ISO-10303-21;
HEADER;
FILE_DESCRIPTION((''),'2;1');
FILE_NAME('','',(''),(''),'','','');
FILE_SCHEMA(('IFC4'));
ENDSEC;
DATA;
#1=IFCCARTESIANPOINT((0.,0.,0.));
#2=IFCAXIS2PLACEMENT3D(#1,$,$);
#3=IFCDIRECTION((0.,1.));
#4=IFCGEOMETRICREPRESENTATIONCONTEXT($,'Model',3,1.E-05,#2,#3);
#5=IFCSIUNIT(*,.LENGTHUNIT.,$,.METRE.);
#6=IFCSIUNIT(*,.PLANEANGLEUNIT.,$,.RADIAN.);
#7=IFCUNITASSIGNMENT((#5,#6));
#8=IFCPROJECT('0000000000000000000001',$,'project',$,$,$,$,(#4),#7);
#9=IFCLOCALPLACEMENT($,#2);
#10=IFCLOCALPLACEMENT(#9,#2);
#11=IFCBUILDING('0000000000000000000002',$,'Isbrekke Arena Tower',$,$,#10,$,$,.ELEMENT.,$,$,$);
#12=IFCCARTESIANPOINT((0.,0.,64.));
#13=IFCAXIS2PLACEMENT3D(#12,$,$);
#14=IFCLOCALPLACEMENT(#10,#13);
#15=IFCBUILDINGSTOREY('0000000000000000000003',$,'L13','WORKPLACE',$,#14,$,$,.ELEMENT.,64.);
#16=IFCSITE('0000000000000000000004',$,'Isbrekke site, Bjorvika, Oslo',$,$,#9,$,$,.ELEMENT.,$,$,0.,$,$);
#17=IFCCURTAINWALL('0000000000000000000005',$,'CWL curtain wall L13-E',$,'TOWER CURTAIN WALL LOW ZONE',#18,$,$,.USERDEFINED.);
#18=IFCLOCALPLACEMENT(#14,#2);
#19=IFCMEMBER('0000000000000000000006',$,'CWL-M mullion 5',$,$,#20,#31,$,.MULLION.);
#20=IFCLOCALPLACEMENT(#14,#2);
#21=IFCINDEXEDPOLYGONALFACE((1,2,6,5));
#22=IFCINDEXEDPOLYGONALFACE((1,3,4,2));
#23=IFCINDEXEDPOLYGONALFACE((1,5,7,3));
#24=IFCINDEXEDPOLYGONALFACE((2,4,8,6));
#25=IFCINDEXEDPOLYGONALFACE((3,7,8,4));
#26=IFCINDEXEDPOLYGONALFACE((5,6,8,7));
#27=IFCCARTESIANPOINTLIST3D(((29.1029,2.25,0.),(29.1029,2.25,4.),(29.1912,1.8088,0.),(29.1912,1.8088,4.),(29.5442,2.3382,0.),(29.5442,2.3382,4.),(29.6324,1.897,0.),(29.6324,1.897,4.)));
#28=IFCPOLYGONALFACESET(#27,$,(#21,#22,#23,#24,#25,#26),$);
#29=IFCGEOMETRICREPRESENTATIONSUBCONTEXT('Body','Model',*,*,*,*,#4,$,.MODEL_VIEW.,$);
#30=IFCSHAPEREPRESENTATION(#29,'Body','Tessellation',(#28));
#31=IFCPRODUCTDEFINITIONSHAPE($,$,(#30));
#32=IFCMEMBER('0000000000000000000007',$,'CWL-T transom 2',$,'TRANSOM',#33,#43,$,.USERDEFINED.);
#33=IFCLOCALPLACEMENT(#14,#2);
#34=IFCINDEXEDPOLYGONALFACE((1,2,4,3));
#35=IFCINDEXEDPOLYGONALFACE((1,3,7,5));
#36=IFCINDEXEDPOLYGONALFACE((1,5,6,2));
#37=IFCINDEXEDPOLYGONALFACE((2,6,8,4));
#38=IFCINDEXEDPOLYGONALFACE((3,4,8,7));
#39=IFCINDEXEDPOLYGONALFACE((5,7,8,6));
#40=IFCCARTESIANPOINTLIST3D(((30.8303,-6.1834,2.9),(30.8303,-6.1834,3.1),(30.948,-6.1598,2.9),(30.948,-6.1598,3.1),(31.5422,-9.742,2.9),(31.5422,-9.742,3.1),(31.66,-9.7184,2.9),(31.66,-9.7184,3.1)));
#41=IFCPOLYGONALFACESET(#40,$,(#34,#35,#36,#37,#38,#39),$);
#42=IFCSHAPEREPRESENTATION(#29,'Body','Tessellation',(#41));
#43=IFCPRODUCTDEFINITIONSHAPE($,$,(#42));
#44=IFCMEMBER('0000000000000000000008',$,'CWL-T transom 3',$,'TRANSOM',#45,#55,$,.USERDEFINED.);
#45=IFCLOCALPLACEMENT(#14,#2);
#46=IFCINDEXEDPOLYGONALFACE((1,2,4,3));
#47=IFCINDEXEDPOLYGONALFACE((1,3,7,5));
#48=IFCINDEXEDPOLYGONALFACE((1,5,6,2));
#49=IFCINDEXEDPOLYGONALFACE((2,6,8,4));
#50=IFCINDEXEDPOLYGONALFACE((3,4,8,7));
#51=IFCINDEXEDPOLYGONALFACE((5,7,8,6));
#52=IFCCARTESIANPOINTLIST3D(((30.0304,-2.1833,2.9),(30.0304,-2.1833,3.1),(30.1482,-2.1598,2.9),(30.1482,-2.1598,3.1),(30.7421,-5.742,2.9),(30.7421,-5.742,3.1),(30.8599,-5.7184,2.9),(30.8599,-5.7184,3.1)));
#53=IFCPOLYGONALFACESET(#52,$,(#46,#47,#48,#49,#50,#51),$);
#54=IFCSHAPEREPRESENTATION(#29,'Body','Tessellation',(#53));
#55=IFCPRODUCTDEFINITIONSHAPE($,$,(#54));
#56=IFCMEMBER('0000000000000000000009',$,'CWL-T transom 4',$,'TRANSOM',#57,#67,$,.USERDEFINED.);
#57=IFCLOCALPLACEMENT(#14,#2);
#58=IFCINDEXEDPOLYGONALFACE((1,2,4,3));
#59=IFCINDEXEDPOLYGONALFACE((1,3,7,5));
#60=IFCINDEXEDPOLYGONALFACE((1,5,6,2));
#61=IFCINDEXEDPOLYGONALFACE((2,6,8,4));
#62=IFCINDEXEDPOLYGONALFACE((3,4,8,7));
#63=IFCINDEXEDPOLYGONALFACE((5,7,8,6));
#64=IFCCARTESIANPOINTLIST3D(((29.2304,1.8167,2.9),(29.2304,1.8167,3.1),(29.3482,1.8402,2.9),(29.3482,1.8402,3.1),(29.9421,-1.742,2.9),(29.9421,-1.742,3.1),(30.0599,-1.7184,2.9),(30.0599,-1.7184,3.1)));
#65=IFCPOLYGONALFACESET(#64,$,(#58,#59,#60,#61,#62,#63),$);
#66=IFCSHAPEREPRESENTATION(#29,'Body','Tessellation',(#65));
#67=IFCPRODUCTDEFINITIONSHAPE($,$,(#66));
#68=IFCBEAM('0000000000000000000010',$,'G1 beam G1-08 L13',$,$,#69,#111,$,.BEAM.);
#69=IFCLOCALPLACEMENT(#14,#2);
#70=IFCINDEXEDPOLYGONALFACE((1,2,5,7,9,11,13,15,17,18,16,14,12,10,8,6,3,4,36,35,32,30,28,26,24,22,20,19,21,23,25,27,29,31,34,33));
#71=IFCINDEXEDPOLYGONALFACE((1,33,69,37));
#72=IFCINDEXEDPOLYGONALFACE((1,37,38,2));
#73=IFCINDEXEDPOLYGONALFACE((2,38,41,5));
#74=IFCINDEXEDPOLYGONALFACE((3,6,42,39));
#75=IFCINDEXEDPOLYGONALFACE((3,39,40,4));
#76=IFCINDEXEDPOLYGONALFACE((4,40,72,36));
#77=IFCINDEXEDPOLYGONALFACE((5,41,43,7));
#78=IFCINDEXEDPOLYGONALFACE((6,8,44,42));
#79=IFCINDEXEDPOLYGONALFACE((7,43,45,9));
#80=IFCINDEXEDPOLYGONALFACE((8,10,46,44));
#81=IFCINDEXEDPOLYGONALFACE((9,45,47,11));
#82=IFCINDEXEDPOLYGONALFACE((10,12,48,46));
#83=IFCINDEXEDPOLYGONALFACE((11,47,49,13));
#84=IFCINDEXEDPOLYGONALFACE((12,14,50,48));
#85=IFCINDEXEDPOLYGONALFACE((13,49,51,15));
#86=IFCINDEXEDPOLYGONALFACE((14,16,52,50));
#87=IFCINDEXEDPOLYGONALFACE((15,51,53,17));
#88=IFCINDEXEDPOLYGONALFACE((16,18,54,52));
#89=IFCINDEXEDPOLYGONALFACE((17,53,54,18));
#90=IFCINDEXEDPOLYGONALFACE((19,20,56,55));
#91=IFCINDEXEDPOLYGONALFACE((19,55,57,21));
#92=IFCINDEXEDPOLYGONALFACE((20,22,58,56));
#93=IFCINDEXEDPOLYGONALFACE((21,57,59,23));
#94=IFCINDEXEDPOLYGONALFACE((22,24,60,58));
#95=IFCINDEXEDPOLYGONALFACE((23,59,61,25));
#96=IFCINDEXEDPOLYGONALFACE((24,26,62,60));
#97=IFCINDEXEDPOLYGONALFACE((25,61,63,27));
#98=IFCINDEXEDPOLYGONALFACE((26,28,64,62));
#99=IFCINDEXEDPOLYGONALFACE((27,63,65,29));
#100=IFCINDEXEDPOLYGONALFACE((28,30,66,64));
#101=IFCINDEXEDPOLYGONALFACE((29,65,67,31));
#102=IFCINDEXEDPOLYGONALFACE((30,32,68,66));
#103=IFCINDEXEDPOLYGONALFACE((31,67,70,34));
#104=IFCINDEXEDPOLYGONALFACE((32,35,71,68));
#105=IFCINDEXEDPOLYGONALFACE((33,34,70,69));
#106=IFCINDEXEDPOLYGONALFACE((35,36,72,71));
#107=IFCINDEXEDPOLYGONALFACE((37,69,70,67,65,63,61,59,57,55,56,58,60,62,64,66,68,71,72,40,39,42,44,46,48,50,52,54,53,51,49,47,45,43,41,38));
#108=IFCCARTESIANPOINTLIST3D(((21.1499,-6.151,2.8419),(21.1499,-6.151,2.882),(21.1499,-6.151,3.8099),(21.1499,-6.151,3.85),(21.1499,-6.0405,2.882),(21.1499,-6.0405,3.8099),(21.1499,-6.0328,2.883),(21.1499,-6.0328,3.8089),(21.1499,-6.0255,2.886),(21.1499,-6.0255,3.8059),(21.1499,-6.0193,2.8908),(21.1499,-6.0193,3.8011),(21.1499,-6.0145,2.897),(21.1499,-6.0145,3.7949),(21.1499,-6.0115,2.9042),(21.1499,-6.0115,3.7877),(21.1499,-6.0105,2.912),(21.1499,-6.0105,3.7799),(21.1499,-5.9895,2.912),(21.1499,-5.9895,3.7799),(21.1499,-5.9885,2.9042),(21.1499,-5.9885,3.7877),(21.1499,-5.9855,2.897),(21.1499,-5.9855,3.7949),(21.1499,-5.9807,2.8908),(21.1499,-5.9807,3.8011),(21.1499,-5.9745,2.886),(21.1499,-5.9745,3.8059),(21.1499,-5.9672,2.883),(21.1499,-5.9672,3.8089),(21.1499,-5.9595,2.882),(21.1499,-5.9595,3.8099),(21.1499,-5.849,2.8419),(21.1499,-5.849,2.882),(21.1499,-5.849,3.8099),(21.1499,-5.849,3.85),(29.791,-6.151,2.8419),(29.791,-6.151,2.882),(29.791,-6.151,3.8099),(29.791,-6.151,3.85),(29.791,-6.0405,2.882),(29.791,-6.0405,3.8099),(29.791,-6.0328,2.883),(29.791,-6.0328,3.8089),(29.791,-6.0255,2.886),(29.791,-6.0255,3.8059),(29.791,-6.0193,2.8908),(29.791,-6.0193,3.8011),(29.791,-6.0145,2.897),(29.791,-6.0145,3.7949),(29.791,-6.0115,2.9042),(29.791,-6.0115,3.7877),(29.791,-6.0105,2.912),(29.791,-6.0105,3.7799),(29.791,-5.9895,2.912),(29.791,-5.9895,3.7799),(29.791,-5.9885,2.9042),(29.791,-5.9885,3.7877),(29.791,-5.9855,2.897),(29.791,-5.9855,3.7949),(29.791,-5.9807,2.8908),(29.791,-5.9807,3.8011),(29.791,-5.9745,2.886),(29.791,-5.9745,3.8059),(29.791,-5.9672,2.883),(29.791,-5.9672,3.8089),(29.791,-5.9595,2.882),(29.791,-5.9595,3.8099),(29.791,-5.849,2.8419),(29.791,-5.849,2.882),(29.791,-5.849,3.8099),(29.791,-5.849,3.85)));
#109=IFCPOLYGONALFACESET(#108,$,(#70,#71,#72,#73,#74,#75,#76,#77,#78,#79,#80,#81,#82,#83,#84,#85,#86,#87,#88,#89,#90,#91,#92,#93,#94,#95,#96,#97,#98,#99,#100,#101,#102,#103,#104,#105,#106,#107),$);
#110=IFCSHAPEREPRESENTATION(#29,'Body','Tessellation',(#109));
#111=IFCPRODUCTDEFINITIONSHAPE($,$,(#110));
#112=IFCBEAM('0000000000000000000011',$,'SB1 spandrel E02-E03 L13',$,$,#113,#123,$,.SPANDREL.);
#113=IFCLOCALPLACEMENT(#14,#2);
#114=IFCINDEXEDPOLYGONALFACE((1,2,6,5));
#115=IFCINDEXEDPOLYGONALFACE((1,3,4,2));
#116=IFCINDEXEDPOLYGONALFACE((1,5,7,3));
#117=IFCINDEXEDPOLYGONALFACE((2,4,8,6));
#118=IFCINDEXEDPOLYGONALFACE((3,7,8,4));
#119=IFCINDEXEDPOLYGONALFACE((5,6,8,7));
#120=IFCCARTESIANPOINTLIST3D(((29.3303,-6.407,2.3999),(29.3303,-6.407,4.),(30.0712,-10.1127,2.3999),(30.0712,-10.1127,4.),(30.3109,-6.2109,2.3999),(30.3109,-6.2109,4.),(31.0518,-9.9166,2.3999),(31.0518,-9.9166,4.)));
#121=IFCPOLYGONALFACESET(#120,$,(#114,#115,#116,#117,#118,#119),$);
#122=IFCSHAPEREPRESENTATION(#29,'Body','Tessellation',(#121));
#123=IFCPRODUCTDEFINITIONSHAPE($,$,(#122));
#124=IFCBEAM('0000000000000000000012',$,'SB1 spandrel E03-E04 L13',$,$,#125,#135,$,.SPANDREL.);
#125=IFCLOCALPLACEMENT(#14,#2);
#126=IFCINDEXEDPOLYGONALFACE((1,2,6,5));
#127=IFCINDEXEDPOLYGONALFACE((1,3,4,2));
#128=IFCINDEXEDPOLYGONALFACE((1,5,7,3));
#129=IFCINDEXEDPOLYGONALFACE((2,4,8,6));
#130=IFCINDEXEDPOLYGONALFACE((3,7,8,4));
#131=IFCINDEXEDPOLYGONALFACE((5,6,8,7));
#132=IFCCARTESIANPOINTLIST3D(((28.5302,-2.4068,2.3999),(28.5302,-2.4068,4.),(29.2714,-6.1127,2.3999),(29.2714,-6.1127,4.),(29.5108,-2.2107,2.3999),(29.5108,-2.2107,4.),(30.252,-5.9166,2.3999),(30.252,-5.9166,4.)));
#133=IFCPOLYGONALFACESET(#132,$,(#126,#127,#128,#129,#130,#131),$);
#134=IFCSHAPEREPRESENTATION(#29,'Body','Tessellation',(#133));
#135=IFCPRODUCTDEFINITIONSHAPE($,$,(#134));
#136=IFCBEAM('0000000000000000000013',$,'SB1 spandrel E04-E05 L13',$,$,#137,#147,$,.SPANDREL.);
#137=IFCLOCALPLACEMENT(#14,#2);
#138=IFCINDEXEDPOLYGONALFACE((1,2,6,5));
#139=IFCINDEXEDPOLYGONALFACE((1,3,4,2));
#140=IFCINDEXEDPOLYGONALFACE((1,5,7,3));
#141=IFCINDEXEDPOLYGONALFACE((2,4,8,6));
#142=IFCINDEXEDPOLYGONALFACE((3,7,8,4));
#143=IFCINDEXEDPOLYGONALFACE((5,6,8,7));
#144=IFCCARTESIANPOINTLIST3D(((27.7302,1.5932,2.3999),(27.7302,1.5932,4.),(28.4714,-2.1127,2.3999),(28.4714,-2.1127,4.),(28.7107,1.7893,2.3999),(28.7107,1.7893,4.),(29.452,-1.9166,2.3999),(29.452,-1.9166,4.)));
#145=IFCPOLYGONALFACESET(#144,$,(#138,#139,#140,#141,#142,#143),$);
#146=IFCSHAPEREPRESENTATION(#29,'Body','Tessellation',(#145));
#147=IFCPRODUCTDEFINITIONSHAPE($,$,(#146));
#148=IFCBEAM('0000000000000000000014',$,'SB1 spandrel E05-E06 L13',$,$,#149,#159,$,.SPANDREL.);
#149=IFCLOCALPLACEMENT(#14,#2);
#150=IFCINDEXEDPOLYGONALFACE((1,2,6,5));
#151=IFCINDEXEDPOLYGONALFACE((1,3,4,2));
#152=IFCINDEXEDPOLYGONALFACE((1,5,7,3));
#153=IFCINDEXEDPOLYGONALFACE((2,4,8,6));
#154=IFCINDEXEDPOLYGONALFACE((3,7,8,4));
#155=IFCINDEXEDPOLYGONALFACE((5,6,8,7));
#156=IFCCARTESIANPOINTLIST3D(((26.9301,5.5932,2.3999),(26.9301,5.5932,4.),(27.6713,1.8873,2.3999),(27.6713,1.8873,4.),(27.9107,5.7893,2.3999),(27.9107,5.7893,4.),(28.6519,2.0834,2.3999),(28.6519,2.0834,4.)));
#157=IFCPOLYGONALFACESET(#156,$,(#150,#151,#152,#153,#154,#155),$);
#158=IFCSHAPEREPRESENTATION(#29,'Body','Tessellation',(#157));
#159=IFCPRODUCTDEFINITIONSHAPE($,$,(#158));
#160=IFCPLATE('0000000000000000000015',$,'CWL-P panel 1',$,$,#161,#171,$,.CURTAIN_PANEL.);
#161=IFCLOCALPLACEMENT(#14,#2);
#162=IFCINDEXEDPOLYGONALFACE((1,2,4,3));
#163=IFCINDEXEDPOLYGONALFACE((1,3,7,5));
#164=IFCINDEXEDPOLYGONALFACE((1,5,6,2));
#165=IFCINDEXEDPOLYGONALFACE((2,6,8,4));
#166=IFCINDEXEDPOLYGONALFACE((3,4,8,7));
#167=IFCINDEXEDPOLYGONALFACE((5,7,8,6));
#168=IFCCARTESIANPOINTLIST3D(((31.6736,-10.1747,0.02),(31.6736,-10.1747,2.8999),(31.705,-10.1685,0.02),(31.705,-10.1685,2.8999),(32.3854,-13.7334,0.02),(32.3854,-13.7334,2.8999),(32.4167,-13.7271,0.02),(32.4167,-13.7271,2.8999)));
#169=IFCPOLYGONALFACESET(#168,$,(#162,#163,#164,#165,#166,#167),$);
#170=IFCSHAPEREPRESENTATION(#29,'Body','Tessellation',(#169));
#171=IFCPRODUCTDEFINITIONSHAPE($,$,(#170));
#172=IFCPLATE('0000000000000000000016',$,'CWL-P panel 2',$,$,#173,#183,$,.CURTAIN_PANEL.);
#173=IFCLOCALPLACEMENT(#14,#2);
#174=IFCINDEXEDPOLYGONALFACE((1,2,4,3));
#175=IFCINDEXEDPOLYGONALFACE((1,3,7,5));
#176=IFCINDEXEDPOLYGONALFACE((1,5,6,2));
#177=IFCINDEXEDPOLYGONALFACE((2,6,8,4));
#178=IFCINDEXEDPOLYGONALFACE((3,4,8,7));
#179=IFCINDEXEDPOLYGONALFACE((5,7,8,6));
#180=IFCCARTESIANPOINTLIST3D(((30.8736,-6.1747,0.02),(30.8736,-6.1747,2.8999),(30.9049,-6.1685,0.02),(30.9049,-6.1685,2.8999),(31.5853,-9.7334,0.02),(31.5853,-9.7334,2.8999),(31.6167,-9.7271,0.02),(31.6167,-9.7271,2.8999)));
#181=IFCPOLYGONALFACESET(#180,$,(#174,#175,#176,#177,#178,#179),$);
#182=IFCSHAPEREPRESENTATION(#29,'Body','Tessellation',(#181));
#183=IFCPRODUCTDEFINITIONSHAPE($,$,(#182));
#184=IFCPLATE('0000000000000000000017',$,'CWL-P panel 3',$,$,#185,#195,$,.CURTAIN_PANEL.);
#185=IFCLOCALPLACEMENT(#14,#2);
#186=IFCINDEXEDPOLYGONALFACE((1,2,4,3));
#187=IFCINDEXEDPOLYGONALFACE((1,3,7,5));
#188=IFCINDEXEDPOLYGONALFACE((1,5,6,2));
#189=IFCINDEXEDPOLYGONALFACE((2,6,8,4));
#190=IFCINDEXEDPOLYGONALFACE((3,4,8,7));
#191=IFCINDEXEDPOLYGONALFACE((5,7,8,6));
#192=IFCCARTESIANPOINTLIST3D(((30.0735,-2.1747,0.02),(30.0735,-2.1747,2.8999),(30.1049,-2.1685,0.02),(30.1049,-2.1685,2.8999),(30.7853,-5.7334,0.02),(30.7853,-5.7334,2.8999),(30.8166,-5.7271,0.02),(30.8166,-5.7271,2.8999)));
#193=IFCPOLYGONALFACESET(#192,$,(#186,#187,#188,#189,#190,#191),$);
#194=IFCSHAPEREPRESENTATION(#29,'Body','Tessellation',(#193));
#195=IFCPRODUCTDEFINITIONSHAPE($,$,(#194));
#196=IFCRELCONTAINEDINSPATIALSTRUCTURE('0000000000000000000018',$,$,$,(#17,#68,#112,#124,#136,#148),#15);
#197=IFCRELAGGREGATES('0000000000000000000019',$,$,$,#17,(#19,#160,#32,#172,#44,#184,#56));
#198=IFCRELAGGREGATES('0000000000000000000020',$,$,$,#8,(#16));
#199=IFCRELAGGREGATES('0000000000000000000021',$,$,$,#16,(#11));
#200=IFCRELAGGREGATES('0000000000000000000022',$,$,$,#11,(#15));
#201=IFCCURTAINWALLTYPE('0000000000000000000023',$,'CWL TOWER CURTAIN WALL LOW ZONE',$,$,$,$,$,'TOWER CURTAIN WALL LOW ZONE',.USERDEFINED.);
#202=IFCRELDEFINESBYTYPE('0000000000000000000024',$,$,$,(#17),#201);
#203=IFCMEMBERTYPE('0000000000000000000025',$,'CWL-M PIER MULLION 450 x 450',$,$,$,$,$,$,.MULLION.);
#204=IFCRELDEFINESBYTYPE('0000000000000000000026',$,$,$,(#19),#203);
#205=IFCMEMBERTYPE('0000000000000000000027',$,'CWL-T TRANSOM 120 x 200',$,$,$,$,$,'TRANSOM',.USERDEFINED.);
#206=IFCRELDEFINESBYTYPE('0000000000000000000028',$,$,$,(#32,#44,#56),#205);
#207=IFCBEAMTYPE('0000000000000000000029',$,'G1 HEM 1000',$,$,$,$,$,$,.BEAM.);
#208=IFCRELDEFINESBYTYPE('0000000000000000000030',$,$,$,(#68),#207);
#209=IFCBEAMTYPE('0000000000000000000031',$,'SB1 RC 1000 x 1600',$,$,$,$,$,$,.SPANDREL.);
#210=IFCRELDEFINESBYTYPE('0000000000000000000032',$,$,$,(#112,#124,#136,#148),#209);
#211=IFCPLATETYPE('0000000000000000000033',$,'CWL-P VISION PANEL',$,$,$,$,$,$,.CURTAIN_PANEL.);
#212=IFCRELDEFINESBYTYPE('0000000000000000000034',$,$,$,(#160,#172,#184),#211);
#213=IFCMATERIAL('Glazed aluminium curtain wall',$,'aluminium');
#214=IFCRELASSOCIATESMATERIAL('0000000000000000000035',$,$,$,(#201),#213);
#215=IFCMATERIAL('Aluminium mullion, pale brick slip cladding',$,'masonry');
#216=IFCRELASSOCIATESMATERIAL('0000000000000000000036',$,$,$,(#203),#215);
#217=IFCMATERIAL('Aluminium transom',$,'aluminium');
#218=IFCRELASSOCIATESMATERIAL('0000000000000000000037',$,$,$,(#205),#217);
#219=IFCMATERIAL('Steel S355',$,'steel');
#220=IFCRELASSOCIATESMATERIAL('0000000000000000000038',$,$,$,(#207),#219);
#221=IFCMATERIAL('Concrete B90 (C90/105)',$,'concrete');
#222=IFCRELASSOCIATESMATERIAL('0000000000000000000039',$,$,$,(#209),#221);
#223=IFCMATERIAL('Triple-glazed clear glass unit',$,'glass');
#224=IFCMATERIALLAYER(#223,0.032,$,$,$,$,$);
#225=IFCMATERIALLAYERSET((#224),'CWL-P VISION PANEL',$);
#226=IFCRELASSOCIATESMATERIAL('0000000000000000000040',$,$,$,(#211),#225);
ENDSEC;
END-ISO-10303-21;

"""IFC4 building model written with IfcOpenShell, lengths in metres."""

from ifc_helpers import new_model, si_unit, direction, frame, origin, origin_2d, place, context, subcontext, project, spatial, rectangle, i_section, extrude, material, layer, layer_set, material_profile, profile_set, type_object, element, aggregate, save


model = new_model("IFC4")

# Units and contexts
model_context = context("Model", 3, precision=1e-05, world=origin(), true_north=direction((0.0, 1.0)))
body_context = subcontext(model_context, "Body", "Model", "MODEL_VIEW")
ifc_project = project(units=[si_unit("LENGTHUNIT", "METRE"), si_unit("PLANEANGLEUNIT", "RADIAN")], contexts=[model_context])

# Site, building, storey
site_placement = place(None, origin())
site = spatial("IfcSite", under=ifc_project, at=site_placement, Name="Isbrekke site, Bjorvika, Oslo", CompositionType="ELEMENT", RefElevation=0.0)
building_placement = place(site_placement, origin())
building = spatial("IfcBuilding", under=site, at=building_placement, Name="Isbrekke Arena Tower", CompositionType="ELEMENT")
storey_placement = place(building_placement, frame((0.0, 0.0, 64.0)))
storey = spatial("IfcBuildingStorey", under=building, at=storey_placement, Name="L13", Description="WORKPLACE", CompositionType="ELEMENT", Elevation=64.0)

# Curtain wall, members
ifc_material_1 = material(Name="Glazed aluminium curtain wall", Category="aluminium")
curtain_wall_type = type_object("IfcCurtainWallType", Name="CWL TOWER CURTAIN WALL LOW ZONE", ElementType="TOWER CURTAIN WALL LOW ZONE", PredefinedType="USERDEFINED", material=ifc_material_1)
curtain_wall_placement = place(storey_placement, origin())
curtain_wall = element("IfcCurtainWall", 1, at=curtain_wall_placement, inside=storey, type_object=curtain_wall_type, Name="CWL curtain wall L13-E", ObjectType="TOWER CURTAIN WALL LOW ZONE", PredefinedType="USERDEFINED")
ifc_material_2 = material(Name="Aluminium mullion, pale brick slip cladding", Category="masonry")
ifc_material_profile_1 = material_profile(ifc_material_2, rectangle(XDim=0.45, YDim=0.45, at=origin_2d()), Name="PIER 450X450")
ifc_profile_set_1 = profile_set([ifc_material_profile_1], Name="Aluminium mullion, pale brick slip cladding")
member_type_1 = type_object("IfcMemberType", Name="CWL-M PIER MULLION 450 x 450", PredefinedType="MULLION", material=ifc_profile_set_1)
member_1_placement = place(storey_placement, frame((29.3677, 2.0735, 0.0), z_axis=(0.0, 0.0, 1.0), x_axis=(-0.196116, 0.980581, 0.0)))
member_1 = element("IfcMember", 2, at=member_1_placement, type_object=member_type_1, Name="CWL-M mullion 5", PredefinedType="MULLION", context=body_context, shape_type="SweptSolid", body=[
    extrude(rectangle(XDim=0.45, YDim=0.45, at=origin_2d()), origin(), (0.0, 0.0, 1.0), 4.0),
])
ifc_material_3 = material(Name="Aluminium transom", Category="aluminium")
ifc_material_profile_2 = material_profile(ifc_material_3, rectangle(XDim=0.1201, YDim=0.2, at=origin_2d()), Name="TRANSOM 120X200")
ifc_profile_set_2 = profile_set([ifc_material_profile_2], Name="Aluminium transom")
member_type_2 = type_object("IfcMemberType", Name="CWL-T TRANSOM 120 x 200", ElementType="TRANSOM", PredefinedType="USERDEFINED", material=ifc_profile_set_2)
member_2_placement = place(storey_placement, frame((31.6011, -9.7302, 3.0), z_axis=(-0.196168, 0.98057, 0.0), x_axis=(-0.98057, -0.196168, 0.0)))
member_2 = element("IfcMember", 3, at=member_2_placement, type_object=member_type_2, Name="CWL-T transom 2", ObjectType="TRANSOM", PredefinedType="USERDEFINED", context=body_context, shape_type="SweptSolid", body=[
    extrude(rectangle(XDim=0.1201, YDim=0.2, at=origin_2d()), origin(), (0.0, 0.0, 1.0), 3.6292),
])
member_3_placement = place(storey_placement, frame((30.801, -5.7302, 3.0), z_axis=(-0.196103, 0.980583, 0.0), x_axis=(-0.980583, -0.196103, 0.0)))
member_3 = element("IfcMember", 4, at=member_3_placement, type_object=member_type_2, Name="CWL-T transom 3", ObjectType="TRANSOM", PredefinedType="USERDEFINED", context=body_context, shape_type="SweptSolid", body=[
    extrude(rectangle(XDim=0.1201, YDim=0.2, at=origin_2d()), origin(), (0.0, 0.0, 1.0), 3.6292),
])
member_4_placement = place(storey_placement, frame((30.001, -1.7302, 3.0), z_axis=(-0.196103, 0.980583, 0.0), x_axis=(-0.980583, -0.196103, 0.0)))
member_4 = element("IfcMember", 5, at=member_4_placement, type_object=member_type_2, Name="CWL-T transom 4", ObjectType="TRANSOM", PredefinedType="USERDEFINED", context=body_context, shape_type="SweptSolid", body=[
    extrude(rectangle(XDim=0.1201, YDim=0.2, at=origin_2d()), origin(), (0.0, 0.0, 1.0), 3.6292),
])

# Beams
ifc_material_4 = material(Name="Steel S355", Category="steel")
ifc_material_profile_3 = material_profile(ifc_material_4, i_section(OverallWidth=0.302, OverallDepth=1.0081, WebThickness=0.021, FlangeThickness=0.04, FilletRadius=0.03, at=origin_2d()), Name="HEM 1000")
ifc_profile_set_3 = profile_set([ifc_material_profile_3], Name="Steel S355")
beam_type_1 = type_object("IfcBeamType", Name="G1 HEM 1000", PredefinedType="BEAM", material=ifc_profile_set_3)
beam_1_placement = place(storey_placement, frame((21.1499, -6.0, 3.3459), z_axis=(1.0, 0.0, 0.0), x_axis=(0.0, 1.0, 0.0)))
element("IfcBeam", 6, at=beam_1_placement, inside=storey, type_object=beam_type_1, Name="G1 beam G1-08 L13", PredefinedType="BEAM", context=body_context, shape_type="SweptSolid", body=[
    extrude(i_section(OverallWidth=0.302, OverallDepth=1.0081, WebThickness=0.021, FlangeThickness=0.04, FilletRadius=0.03, at=origin_2d()), origin(), (0.0, 0.0, 1.0), 8.6411),
])
ifc_material_5 = material(Name="Concrete B90 (C90/105)", Category="concrete")
ifc_material_profile_4 = material_profile(ifc_material_5, rectangle(XDim=1.0, YDim=1.6001, at=origin_2d()), Name="RC 1000x1600")
ifc_profile_set_4 = profile_set([ifc_material_profile_4], Name="Concrete B90 (C90/105)")
beam_type_2 = type_object("IfcBeamType", Name="SB1 RC 1000 x 1600", PredefinedType="SPANDREL", material=ifc_profile_set_4)
beam_2_placement = place(storey_placement, frame((30.5615, -10.0146, 3.2), z_axis=(-0.196066, 0.980591, 0.0), x_axis=(-0.980591, -0.196066, 0.0)))
element("IfcBeam", 7, at=beam_2_placement, inside=storey, type_object=beam_type_2, Name="SB1 spandrel E02-E03 L13", PredefinedType="SPANDREL", context=body_context, shape_type="SweptSolid", body=[
    extrude(rectangle(XDim=1.0, YDim=1.6001, at=origin_2d()), origin(), (0.0, 0.0, 1.0), 3.7791),
])
for number, where, z_axis, x_axis, name in (
    (8, (29.7617, -6.0146, 3.2), (-0.196129, 0.980578, 0.0), (-0.980578, -0.196129, 0.0), "SB1 spandrel E03-E04 L13"),
    (9, (28.9617, -2.0146, 3.2), (-0.196129, 0.980578, 0.0), (-0.980578, -0.196129, 0.0), "SB1 spandrel E04-E05 L13"),
    (10, (28.1616, 1.9854, 3.2), (-0.196129, 0.980578, 0.0), (-0.980578, -0.196129, 0.0), "SB1 spandrel E05-E06 L13"),
):
    element("IfcBeam", number, at=place(storey_placement, frame(where, z_axis=z_axis, x_axis=x_axis)), inside=storey, type_object=beam_type_2, Name=name, PredefinedType="SPANDREL", context=body_context, shape_type="SweptSolid", body=[
        extrude(rectangle(XDim=1.0, YDim=1.6001, at=origin_2d()), origin(), (0.0, 0.0, 1.0), 3.7793),
    ])

# Plates
ifc_material_6 = material(Name="Triple-glazed clear glass unit", Category="glass")
ifc_layer_1 = layer(ifc_material_6, 0.032)
ifc_layer_set_1 = layer_set([ifc_layer_1], Name="CWL-P VISION PANEL")
plate_type = type_object("IfcPlateType", Name="CWL-P VISION PANEL", PredefinedType="CURTAIN_PANEL", material=ifc_layer_set_1)
plate_1_placement = place(storey_placement, frame((32.0452, -11.9509, 0.02), z_axis=(0.0, 0.0, 1.0), x_axis=(-0.196116, 0.980581, 0.0)))
plate_1 = element("IfcPlate", 11, at=plate_1_placement, type_object=plate_type, Name="CWL-P panel 1", PredefinedType="CURTAIN_PANEL", context=body_context, shape_type="SweptSolid", body=[
    extrude(rectangle(XDim=3.6292, YDim=0.032, at=origin_2d()), origin(), (0.0, 0.0, 1.0), 2.8799),
])
plate_2_placement = place(storey_placement, frame((31.2451, -7.9509, 0.02), z_axis=(0.0, 0.0, 1.0), x_axis=(-0.196116, 0.980581, 0.0)))
plate_2 = element("IfcPlate", 12, at=plate_2_placement, type_object=plate_type, Name="CWL-P panel 2", PredefinedType="CURTAIN_PANEL", context=body_context, shape_type="SweptSolid", body=[
    extrude(rectangle(XDim=3.6292, YDim=0.032, at=origin_2d()), origin(), (0.0, 0.0, 1.0), 2.8799),
])
plate_3_placement = place(storey_placement, frame((30.4451, -3.9509, 0.02), z_axis=(0.0, 0.0, 1.0), x_axis=(-0.196116, 0.980581, 0.0)))
plate_3 = element("IfcPlate", 13, at=plate_3_placement, type_object=plate_type, Name="CWL-P panel 3", PredefinedType="CURTAIN_PANEL", context=body_context, shape_type="SweptSolid", body=[
    extrude(rectangle(XDim=3.6292, YDim=0.032, at=origin_2d()), origin(), (0.0, 0.0, 1.0), 2.8799),
])
aggregate(curtain_wall, [member_1, plate_1, member_2, plate_2, member_3, plate_3, member_4])

save(model, "model.ifc")
